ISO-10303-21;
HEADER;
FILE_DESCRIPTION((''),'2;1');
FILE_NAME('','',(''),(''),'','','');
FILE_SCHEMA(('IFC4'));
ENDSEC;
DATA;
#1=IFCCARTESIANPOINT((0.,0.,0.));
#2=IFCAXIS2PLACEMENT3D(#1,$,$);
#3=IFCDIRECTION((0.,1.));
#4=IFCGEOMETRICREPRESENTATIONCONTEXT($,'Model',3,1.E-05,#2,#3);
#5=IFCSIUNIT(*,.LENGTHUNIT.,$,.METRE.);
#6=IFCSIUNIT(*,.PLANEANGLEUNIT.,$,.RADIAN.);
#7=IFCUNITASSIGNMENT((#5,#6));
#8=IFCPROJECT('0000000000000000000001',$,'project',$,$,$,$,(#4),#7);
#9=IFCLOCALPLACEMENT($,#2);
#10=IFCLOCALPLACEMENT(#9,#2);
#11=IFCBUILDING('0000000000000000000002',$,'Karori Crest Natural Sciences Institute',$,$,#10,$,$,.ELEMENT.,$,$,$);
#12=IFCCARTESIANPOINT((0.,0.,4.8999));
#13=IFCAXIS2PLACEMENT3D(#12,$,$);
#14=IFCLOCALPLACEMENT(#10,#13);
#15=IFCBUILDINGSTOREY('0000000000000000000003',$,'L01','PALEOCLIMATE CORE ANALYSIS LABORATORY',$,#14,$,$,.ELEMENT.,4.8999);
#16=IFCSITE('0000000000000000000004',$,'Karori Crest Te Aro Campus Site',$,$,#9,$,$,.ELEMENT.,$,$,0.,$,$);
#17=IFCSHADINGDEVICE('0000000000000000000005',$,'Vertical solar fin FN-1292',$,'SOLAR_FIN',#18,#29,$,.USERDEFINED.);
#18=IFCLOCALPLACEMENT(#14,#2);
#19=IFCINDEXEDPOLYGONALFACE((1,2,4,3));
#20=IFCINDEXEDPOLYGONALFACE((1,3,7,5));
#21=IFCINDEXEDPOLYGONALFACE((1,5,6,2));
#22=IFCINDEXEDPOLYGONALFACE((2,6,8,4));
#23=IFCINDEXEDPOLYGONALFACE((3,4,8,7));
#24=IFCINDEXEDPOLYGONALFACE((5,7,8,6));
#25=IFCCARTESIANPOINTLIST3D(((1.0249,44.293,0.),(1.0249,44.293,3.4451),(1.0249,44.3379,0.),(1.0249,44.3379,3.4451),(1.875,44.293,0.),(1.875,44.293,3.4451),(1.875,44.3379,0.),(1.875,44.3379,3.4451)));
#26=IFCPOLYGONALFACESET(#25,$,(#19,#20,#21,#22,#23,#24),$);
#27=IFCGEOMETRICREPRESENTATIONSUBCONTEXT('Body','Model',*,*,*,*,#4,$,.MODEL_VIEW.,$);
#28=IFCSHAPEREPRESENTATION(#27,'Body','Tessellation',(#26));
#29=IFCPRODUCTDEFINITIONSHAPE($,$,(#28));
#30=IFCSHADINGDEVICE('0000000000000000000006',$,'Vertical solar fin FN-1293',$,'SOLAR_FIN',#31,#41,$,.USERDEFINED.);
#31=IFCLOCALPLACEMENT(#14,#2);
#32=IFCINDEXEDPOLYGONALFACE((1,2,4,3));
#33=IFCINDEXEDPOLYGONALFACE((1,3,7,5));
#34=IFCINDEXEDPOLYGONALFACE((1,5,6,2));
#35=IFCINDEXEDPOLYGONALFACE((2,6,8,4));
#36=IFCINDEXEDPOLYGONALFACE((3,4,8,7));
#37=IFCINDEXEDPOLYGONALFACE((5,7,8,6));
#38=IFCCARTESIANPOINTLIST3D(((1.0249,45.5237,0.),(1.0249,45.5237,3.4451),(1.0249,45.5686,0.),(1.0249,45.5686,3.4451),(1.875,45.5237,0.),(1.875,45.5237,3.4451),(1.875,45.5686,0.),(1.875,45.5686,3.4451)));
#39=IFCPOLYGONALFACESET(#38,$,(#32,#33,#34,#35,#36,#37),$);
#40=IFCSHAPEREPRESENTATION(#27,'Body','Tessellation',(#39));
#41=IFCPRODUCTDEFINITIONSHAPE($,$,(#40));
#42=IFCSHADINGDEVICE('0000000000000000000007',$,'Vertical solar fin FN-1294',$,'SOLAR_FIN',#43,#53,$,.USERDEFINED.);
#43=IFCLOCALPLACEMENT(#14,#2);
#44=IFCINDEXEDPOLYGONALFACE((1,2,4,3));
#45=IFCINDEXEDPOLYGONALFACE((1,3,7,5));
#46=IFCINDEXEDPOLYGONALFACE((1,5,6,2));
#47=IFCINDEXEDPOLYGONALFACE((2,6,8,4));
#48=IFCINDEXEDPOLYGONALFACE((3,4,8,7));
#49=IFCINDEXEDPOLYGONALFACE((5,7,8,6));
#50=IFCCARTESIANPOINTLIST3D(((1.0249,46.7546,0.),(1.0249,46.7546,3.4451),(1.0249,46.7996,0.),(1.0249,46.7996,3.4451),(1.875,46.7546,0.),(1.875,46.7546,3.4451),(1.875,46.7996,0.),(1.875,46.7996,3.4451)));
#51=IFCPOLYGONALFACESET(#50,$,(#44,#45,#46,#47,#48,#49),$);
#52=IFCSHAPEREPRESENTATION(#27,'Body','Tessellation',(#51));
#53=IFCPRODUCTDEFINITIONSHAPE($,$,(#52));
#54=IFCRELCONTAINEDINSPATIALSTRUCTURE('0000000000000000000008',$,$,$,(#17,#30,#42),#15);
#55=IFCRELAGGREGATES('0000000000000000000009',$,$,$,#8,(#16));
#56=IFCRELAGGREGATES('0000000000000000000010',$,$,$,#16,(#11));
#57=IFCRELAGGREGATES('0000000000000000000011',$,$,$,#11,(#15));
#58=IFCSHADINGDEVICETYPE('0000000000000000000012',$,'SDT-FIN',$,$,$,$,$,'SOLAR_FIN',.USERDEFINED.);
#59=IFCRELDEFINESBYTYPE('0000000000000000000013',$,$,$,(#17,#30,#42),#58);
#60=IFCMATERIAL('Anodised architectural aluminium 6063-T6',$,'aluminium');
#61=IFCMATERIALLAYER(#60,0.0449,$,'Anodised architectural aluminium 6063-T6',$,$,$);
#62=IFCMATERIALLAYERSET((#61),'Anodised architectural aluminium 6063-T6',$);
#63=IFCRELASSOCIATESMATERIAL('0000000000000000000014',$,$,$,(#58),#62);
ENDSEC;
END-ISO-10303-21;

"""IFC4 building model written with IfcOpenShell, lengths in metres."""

from ifc_helpers import new_model, si_unit, direction, frame, origin, origin_2d, place, context, subcontext, project, spatial, rectangle, extrude, material, layer, layer_set, type_object, element, save


model = new_model("IFC4")

# Units and contexts
model_context = context("Model", 3, precision=1e-05, world=origin(), true_north=direction((0.0, 1.0)))
body_context = subcontext(model_context, "Body", "Model", "MODEL_VIEW")
ifc_project = project(units=[si_unit("LENGTHUNIT", "METRE"), si_unit("PLANEANGLEUNIT", "RADIAN")], contexts=[model_context])

# Site, building, storey
site_placement = place(None, origin())
site = spatial("IfcSite", under=ifc_project, at=site_placement, Name="Karori Crest Te Aro Campus Site", CompositionType="ELEMENT", RefElevation=0.0)
building_placement = place(site_placement, origin())
building = spatial("IfcBuilding", under=site, at=building_placement, Name="Karori Crest Natural Sciences Institute", CompositionType="ELEMENT")
storey_placement = place(building_placement, frame((0.0, 0.0, 4.8999)))
storey = spatial("IfcBuildingStorey", under=building, at=storey_placement, Name="L01", Description="PALEOCLIMATE CORE ANALYSIS LABORATORY", CompositionType="ELEMENT", Elevation=4.8999)

# Shared definitions
ifc_material_1 = material(Name="Anodised architectural aluminium 6063-T6", Category="aluminium")

# Shading devices
ifc_layer_1 = layer(ifc_material_1, 0.0449, Name="Anodised architectural aluminium 6063-T6")
ifc_layer_set_1 = layer_set([ifc_layer_1], Name="Anodised architectural aluminium 6063-T6")
shading_device_type = type_object("IfcShadingDeviceType", Name="SDT-FIN", ElementType="SOLAR_FIN", PredefinedType="USERDEFINED", material=ifc_layer_set_1)
for number, where, z_axis, x_axis, name in (
    (1, (1.45, 44.3154, 0.0), (0.0, 0.0, 1.0), (-1.0, 0.0, 0.0), "Vertical solar fin FN-1292"),
    (2, (1.45, 45.5461, 0.0), (0.0, 0.0, 1.0), (-1.0, 0.0, 0.0), "Vertical solar fin FN-1293"),
    (3, (1.45, 46.7771, 0.0), (0.0, 0.0, 1.0), (-1.0, 0.0, 0.0), "Vertical solar fin FN-1294"),
):
    element("IfcShadingDevice", number, at=place(storey_placement, frame(where, z_axis=z_axis, x_axis=x_axis)), inside=storey, type_object=shading_device_type, Name=name, ObjectType="SOLAR_FIN", PredefinedType="USERDEFINED", context=body_context, shape_type="SweptSolid", body=[
        extrude(rectangle(XDim=0.8501, YDim=0.0449, at=origin_2d()), origin(), (0.0, 0.0, 1.0), 3.4451),
    ])

save(model, "model.ifc")
